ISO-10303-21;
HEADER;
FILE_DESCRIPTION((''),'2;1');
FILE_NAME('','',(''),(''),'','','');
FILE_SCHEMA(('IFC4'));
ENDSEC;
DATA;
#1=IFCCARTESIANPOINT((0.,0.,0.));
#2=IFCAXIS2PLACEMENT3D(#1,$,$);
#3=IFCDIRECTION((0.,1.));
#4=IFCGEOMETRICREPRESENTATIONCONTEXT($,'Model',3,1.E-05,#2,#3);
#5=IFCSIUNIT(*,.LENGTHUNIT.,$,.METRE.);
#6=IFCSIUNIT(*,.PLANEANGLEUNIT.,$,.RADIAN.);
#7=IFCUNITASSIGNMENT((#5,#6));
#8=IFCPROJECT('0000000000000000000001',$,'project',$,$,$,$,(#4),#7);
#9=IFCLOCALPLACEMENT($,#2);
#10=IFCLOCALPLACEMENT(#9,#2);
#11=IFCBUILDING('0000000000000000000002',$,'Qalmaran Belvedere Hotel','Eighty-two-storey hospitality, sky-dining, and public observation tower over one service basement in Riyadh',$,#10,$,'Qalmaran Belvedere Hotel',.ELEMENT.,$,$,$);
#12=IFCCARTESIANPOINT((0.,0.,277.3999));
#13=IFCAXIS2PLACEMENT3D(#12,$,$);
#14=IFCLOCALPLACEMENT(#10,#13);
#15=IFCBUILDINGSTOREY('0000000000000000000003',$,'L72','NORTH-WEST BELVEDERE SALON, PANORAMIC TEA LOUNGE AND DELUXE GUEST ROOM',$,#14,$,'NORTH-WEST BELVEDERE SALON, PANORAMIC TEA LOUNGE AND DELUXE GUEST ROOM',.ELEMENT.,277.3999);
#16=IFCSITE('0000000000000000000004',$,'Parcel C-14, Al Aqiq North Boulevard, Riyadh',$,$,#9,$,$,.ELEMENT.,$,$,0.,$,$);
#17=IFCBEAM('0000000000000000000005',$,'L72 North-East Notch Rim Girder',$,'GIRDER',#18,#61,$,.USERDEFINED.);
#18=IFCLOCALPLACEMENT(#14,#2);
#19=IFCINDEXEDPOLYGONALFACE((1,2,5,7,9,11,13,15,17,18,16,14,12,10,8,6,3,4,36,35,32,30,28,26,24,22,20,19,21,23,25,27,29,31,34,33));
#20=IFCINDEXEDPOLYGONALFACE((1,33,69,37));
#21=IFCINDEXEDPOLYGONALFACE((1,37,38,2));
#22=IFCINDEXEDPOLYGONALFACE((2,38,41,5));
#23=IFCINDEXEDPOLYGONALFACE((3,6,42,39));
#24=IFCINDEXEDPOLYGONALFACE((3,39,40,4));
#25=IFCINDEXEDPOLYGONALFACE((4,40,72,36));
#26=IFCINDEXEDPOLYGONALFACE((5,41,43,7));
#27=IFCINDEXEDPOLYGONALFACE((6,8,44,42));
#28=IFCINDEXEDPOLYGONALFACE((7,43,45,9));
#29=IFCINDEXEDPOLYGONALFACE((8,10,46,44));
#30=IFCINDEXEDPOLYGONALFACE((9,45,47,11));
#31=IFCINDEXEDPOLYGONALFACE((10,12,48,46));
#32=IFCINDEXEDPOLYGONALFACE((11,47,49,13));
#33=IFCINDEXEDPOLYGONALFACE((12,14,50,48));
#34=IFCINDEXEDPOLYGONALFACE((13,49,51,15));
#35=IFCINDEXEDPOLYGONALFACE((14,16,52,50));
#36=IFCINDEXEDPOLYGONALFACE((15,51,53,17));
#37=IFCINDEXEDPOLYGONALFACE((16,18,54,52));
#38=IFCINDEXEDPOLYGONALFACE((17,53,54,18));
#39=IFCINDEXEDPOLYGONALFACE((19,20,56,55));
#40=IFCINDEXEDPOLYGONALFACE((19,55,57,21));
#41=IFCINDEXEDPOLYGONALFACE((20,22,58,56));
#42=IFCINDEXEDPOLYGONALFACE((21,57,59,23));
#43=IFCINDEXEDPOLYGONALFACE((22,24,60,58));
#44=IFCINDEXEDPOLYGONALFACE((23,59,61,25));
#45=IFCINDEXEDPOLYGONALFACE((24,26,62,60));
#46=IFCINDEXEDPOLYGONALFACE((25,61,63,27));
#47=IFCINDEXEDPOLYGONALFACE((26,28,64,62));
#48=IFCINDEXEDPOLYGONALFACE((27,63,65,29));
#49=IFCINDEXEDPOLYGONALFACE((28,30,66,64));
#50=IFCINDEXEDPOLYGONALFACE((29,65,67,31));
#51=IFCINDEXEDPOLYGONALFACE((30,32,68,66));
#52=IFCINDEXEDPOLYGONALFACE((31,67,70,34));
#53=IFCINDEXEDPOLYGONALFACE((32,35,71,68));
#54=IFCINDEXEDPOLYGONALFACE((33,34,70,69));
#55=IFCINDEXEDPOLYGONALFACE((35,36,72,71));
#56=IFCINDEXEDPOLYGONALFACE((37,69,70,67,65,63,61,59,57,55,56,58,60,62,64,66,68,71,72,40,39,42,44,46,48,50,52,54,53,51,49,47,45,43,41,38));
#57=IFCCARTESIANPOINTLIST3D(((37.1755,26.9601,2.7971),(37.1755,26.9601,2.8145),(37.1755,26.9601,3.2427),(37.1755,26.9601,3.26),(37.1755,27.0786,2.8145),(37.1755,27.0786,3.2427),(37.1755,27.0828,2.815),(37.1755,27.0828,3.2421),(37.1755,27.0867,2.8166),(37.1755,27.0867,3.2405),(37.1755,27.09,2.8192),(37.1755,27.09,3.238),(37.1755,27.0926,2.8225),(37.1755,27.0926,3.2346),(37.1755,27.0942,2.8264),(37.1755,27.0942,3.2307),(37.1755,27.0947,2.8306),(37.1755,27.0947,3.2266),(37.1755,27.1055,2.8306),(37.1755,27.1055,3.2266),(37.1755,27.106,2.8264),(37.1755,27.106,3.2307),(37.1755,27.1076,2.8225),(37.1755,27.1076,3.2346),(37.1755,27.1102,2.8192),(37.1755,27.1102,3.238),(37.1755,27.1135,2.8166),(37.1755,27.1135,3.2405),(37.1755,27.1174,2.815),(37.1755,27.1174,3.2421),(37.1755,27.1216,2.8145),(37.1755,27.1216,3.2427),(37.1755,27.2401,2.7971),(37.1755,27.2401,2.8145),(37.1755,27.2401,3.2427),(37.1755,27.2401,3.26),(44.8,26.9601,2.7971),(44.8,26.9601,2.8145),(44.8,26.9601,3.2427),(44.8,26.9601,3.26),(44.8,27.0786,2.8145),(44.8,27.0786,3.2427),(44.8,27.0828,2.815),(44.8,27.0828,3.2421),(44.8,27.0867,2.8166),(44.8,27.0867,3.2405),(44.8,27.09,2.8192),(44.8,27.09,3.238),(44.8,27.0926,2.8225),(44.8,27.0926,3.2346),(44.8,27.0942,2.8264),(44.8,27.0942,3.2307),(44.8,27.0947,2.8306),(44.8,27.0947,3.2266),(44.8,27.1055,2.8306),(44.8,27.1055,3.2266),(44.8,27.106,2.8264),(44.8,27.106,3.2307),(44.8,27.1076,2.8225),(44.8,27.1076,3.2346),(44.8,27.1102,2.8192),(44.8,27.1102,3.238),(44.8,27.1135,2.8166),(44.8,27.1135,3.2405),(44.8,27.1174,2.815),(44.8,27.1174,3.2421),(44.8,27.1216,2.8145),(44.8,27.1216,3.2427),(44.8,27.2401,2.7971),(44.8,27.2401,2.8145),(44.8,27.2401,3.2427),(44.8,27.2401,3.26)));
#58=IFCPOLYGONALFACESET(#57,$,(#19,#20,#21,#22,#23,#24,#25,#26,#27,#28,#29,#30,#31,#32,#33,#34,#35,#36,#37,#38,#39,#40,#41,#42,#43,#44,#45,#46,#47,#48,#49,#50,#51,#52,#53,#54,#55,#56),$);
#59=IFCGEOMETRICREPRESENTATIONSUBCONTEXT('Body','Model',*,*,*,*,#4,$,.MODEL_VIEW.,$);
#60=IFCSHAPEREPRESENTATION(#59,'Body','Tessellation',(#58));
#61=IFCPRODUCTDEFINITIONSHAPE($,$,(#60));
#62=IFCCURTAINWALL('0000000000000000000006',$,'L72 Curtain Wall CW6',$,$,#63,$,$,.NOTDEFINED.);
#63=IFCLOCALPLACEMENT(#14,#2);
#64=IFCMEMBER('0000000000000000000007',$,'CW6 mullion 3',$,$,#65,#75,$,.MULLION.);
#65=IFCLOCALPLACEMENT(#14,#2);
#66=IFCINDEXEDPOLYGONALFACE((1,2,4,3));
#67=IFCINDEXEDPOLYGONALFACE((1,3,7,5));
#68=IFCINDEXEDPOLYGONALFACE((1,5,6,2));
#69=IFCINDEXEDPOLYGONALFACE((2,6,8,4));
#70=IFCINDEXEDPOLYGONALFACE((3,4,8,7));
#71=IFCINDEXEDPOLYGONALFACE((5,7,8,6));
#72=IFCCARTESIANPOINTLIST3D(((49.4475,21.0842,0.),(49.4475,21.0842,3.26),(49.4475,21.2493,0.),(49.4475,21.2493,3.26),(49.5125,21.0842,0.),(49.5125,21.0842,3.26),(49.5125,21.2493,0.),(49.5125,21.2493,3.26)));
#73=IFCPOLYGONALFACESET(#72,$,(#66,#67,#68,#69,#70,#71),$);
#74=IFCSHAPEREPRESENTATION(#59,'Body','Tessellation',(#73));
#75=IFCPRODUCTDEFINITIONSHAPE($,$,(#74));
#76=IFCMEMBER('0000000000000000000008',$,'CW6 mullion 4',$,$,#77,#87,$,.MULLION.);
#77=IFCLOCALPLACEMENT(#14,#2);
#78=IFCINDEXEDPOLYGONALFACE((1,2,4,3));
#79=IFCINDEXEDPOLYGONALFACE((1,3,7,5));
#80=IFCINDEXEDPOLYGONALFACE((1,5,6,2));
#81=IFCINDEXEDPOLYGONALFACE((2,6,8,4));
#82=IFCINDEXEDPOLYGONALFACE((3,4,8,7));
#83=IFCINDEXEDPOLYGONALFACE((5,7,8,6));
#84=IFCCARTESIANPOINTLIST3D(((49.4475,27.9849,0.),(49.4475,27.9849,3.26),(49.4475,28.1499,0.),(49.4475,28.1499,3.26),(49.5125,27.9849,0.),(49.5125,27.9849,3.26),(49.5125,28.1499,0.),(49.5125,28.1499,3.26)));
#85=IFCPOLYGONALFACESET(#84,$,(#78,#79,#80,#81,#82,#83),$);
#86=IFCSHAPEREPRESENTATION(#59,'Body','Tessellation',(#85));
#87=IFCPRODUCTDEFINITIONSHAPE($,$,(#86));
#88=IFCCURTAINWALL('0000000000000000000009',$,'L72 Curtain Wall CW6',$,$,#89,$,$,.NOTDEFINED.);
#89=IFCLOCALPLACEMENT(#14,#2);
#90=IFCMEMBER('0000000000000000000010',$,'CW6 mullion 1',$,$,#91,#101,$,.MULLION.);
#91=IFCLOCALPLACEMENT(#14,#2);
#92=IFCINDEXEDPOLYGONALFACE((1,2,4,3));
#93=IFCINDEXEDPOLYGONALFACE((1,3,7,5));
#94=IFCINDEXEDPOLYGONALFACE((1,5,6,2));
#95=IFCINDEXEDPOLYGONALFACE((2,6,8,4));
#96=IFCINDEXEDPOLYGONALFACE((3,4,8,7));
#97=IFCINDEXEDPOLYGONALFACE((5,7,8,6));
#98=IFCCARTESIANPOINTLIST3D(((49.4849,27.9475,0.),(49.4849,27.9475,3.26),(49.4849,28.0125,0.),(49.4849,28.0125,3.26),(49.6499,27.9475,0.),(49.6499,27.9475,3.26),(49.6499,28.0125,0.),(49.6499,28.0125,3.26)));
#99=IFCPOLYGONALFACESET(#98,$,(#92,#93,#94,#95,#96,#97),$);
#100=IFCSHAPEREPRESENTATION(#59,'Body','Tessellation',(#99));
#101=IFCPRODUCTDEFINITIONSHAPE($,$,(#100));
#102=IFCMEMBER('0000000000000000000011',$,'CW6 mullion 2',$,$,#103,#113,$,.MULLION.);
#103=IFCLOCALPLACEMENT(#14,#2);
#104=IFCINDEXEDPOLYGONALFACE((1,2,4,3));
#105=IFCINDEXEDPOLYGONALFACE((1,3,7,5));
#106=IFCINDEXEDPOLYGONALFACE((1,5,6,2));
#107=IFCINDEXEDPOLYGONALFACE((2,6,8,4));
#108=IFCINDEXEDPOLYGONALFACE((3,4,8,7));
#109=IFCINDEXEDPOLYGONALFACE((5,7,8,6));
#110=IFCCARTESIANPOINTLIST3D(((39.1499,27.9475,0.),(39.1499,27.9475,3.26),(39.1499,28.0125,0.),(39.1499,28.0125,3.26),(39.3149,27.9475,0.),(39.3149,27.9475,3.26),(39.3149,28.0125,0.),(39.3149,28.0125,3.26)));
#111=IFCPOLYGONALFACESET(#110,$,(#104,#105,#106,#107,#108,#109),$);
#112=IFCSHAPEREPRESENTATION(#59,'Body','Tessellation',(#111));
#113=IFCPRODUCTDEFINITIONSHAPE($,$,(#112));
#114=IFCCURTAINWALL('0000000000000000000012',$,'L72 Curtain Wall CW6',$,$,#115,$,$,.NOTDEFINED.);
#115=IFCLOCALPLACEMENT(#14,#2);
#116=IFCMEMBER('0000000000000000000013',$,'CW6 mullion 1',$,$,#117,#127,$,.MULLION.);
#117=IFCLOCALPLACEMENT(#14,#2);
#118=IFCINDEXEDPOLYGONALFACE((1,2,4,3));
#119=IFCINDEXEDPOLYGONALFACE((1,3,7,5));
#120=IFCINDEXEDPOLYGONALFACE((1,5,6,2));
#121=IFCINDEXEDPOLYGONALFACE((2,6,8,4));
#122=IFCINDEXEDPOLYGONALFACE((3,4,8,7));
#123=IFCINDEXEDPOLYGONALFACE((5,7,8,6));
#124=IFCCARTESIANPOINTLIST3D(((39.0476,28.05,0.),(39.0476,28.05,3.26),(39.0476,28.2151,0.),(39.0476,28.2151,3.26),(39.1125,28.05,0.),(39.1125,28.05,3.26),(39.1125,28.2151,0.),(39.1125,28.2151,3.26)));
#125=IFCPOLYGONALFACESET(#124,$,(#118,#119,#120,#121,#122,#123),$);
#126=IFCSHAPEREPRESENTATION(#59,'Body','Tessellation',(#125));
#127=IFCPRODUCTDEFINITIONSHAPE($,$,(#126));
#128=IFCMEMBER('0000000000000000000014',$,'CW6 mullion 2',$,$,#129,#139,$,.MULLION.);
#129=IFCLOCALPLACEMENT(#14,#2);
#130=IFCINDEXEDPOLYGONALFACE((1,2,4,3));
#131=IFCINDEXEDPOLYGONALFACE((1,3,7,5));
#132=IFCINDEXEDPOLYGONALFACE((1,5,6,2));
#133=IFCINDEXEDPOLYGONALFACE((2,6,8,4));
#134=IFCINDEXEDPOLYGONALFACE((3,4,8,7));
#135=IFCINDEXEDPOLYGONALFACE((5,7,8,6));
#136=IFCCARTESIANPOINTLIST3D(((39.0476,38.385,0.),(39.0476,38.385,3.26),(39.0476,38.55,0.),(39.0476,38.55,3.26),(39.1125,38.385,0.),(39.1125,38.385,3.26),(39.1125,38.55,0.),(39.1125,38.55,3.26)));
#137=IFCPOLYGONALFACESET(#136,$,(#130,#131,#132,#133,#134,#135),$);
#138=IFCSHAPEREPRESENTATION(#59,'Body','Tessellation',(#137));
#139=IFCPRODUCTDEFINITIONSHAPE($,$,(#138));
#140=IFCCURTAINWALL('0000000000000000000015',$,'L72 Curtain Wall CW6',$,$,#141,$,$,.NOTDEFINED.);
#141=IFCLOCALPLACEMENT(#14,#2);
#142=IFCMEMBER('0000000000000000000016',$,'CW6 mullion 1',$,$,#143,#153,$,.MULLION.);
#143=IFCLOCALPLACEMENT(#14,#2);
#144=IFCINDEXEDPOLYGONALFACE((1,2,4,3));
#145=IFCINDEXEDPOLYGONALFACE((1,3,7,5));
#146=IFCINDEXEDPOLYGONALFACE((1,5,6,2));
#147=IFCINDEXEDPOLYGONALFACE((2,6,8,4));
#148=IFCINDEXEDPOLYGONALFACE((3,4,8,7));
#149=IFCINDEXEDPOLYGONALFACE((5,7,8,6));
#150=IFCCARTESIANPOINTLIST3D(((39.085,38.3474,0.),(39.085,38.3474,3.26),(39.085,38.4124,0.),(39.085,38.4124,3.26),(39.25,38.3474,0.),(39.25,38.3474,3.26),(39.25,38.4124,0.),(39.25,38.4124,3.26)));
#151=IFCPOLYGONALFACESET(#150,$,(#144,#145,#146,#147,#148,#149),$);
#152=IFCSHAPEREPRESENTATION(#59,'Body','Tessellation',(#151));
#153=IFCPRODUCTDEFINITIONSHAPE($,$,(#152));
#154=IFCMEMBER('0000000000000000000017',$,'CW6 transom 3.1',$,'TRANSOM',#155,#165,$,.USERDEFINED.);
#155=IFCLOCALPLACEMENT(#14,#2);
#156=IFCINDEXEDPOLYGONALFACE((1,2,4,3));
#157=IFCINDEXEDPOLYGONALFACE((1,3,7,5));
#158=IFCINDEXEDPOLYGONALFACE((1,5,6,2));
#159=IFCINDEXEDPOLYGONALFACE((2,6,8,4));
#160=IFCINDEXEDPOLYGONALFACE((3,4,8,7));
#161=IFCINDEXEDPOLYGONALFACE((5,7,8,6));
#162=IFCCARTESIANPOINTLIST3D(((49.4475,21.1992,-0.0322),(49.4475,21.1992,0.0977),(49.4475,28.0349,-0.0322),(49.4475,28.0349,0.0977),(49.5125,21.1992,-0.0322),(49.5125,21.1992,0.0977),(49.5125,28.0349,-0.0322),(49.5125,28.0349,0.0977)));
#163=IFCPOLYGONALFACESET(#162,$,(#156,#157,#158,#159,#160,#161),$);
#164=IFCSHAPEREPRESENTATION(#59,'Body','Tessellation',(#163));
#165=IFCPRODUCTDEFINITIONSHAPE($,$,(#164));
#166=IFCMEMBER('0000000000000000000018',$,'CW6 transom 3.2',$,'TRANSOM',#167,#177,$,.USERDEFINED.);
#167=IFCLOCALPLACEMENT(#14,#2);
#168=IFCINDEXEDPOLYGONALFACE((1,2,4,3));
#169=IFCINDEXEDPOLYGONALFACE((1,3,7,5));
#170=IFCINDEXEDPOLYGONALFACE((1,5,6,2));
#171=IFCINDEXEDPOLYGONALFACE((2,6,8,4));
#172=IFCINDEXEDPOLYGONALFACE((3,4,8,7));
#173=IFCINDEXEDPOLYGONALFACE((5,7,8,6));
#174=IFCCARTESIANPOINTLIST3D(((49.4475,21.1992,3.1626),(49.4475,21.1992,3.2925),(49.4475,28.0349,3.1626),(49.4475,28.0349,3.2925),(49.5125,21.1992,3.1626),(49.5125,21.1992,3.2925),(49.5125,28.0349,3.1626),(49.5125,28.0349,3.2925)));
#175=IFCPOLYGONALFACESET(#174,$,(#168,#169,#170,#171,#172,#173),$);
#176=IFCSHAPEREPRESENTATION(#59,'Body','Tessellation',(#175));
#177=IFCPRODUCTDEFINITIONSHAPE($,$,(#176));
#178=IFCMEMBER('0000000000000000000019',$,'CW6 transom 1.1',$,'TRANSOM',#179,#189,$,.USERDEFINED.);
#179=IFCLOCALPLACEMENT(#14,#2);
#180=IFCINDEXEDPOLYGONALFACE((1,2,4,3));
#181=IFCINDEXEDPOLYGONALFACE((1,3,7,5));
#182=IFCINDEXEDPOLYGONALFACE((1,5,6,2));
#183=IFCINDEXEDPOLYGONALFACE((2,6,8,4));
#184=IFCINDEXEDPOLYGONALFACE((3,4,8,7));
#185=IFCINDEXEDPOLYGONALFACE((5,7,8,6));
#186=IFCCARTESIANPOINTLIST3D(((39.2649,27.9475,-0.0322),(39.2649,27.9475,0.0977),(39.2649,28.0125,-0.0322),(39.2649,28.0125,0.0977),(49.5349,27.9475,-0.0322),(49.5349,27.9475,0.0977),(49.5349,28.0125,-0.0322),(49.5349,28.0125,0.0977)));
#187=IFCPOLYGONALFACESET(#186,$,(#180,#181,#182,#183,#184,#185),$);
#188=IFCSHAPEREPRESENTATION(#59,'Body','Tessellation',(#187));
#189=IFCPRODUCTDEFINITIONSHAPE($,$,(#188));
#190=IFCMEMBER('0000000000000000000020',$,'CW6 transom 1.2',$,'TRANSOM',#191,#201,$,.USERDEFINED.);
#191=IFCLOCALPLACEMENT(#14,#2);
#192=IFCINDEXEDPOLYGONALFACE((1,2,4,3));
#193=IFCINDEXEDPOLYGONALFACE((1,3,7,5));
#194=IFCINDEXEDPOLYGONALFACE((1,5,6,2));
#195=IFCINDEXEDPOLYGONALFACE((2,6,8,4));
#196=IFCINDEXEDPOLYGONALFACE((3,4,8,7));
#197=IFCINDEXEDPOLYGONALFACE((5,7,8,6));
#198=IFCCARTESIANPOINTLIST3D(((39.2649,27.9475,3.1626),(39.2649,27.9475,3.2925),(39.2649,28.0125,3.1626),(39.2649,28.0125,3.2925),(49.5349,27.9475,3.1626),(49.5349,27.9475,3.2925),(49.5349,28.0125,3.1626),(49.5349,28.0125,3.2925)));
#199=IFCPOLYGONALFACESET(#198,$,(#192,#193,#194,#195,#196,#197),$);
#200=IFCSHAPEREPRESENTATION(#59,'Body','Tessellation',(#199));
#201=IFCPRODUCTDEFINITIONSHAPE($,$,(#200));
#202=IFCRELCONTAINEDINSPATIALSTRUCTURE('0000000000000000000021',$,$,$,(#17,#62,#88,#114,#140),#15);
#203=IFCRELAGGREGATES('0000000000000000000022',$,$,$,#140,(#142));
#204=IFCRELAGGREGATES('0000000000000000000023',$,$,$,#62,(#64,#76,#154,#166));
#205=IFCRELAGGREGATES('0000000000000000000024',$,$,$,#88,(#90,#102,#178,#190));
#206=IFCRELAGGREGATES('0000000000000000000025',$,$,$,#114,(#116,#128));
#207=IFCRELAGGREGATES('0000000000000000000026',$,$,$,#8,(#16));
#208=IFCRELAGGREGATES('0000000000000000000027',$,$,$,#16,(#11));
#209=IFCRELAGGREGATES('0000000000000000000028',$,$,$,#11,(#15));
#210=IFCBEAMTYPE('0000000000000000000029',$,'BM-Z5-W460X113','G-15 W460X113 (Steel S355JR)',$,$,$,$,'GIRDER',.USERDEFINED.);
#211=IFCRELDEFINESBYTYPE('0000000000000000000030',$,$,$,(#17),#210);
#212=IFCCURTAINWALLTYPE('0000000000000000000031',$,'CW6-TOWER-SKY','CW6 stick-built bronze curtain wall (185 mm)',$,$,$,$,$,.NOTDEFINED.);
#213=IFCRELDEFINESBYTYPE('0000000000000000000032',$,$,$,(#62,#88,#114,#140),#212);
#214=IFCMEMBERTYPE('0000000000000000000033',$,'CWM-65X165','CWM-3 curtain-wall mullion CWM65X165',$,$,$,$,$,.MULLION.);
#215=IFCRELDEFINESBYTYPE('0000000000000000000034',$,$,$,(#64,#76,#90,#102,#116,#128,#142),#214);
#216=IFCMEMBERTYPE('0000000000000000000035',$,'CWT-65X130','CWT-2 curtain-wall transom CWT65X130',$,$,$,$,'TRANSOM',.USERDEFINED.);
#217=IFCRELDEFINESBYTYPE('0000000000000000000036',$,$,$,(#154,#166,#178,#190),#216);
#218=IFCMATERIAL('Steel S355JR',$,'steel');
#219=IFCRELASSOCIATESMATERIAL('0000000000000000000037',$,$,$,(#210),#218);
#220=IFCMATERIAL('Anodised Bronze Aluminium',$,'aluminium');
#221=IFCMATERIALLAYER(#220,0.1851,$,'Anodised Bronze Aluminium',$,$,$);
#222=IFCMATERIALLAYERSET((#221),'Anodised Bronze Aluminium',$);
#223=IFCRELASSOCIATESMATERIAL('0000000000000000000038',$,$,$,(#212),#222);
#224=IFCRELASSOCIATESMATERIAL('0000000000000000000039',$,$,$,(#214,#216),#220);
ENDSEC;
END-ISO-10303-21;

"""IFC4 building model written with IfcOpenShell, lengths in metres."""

from ifc_helpers import new_model, si_unit, direction, frame, origin, origin_2d, place, context, subcontext, project, spatial, rectangle, i_section, extrude, material, layer, layer_set, material_profile, profile_set, type_object, element, aggregate, save


model = new_model("IFC4")

# Units and contexts
model_context = context("Model", 3, precision=1e-05, world=origin(), true_north=direction((0.0, 1.0)))
body_context = subcontext(model_context, "Body", "Model", "MODEL_VIEW")
ifc_project = project(units=[si_unit("LENGTHUNIT", "METRE"), si_unit("PLANEANGLEUNIT", "RADIAN")], contexts=[model_context])

# Site, building, storey
site_placement = place(None, origin())
site = spatial("IfcSite", under=ifc_project, at=site_placement, Name="Parcel C-14, Al Aqiq North Boulevard, Riyadh", CompositionType="ELEMENT", RefElevation=0.0)
building_placement = place(site_placement, origin())
building = spatial("IfcBuilding", under=site, at=building_placement, Name="Qalmaran Belvedere Hotel", Description="Eighty-two-storey hospitality, sky-dining, and public observation tower over one service basement in Riyadh", LongName="Qalmaran Belvedere Hotel", CompositionType="ELEMENT")
storey_placement = place(building_placement, frame((0.0, 0.0, 277.3999)))
storey = spatial("IfcBuildingStorey", under=building, at=storey_placement, Name="L72", Description="NORTH-WEST BELVEDERE SALON, PANORAMIC TEA LOUNGE AND DELUXE GUEST ROOM", LongName="NORTH-WEST BELVEDERE SALON, PANORAMIC TEA LOUNGE AND DELUXE GUEST ROOM", CompositionType="ELEMENT", Elevation=277.3999)

# Beam
ifc_material_1 = material(Name="Steel S355JR", Category="steel")
ifc_material_profile_1 = material_profile(ifc_material_1, i_section(OverallWidth=0.28, OverallDepth=0.4629, WebThickness=0.0107, FlangeThickness=0.0173, FilletRadius=0.0161, at=origin_2d()), Name="W460X113")
ifc_profile_set_1 = profile_set([ifc_material_profile_1], Name="Steel S355JR")
beam_type_1 = type_object("IfcBeamType", Name="BM-Z5-W460X113", Description="G-15 W460X113 (Steel S355JR)", ElementType="GIRDER", PredefinedType="USERDEFINED", material=ifc_profile_set_1)
beam_1_placement = place(storey_placement, frame((37.1755, 27.1001, 3.0286), z_axis=(1.0, 0.0, 0.0), x_axis=(0.0, 1.0, 0.0)))
element("IfcBeam", 1, at=beam_1_placement, inside=storey, type_object=beam_type_1, Name="L72 North-East Notch Rim Girder", ObjectType="GIRDER", PredefinedType="USERDEFINED", context=body_context, shape_type="SweptSolid", body=[
    extrude(i_section(OverallWidth=0.28, OverallDepth=0.4629, WebThickness=0.0107, FlangeThickness=0.0173, FilletRadius=0.0161, at=origin_2d()), origin(), (0.0, 0.0, 1.0), 7.6245),
])

# Curtain walls, members
ifc_material_2 = material(Name="Anodised Bronze Aluminium", Category="aluminium")
ifc_layer_1 = layer(ifc_material_2, 0.1851, Name="Anodised Bronze Aluminium")
ifc_layer_set_1 = layer_set([ifc_layer_1], Name="Anodised Bronze Aluminium")
curtain_wall_type = type_object("IfcCurtainWallType", Name="CW6-TOWER-SKY", Description="CW6 stick-built bronze curtain wall (185 mm)", PredefinedType="NOTDEFINED", material=ifc_layer_set_1)
curtain_wall_1_placement = place(storey_placement, origin())
curtain_wall_1 = element("IfcCurtainWall", 2, at=curtain_wall_1_placement, inside=storey, type_object=curtain_wall_type, Name="L72 Curtain Wall CW6", PredefinedType="NOTDEFINED")
ifc_material_profile_2 = material_profile(ifc_material_2, rectangle(XDim=0.0649, YDim=0.165, at=origin_2d()), Name="CWM65X165")
ifc_profile_set_2 = profile_set([ifc_material_profile_2], Name="Anodised Bronze Aluminium")
member_type_1 = type_object("IfcMemberType", Name="CWM-65X165", Description="CWM-3 curtain-wall mullion CWM65X165", PredefinedType="MULLION", material=ifc_profile_set_2)
member_1_placement = place(storey_placement, frame((49.48, 21.1667, 0.0), z_axis=(0.0, 0.0, 1.0), x_axis=(-1.0, 0.0, 0.0)))
member_1 = element("IfcMember", 3, at=member_1_placement, type_object=member_type_1, Name="CW6 mullion 3", PredefinedType="MULLION", context=body_context, shape_type="SweptSolid", body=[
    extrude(rectangle(XDim=0.0649, YDim=0.165, at=origin_2d()), origin(), (0.0, 0.0, 1.0), 3.26),
])
member_2_placement = place(storey_placement, frame((49.48, 28.0674, 0.0), z_axis=(0.0, 0.0, 1.0), x_axis=(-1.0, 0.0, 0.0)))
member_2 = element("IfcMember", 4, at=member_2_placement, type_object=member_type_1, Name="CW6 mullion 4", PredefinedType="MULLION", context=body_context, shape_type="SweptSolid", body=[
    extrude(rectangle(XDim=0.0649, YDim=0.165, at=origin_2d()), origin(), (0.0, 0.0, 1.0), 3.26),
])
curtain_wall_2_placement = place(storey_placement, origin())
curtain_wall_2 = element("IfcCurtainWall", 5, at=curtain_wall_2_placement, inside=storey, type_object=curtain_wall_type, Name="L72 Curtain Wall CW6", PredefinedType="NOTDEFINED")
member_3_placement = place(storey_placement, frame((49.5674, 27.98, 0.0), z_axis=(0.0, 0.0, 1.0), x_axis=(0.0, -1.0, 0.0)))
member_3 = element("IfcMember", 6, at=member_3_placement, type_object=member_type_1, Name="CW6 mullion 1", PredefinedType="MULLION", context=body_context, shape_type="SweptSolid", body=[
    extrude(rectangle(XDim=0.0649, YDim=0.165, at=origin_2d()), origin(), (0.0, 0.0, 1.0), 3.26),
])
member_4_placement = place(storey_placement, frame((39.2324, 27.98, 0.0), z_axis=(0.0, 0.0, 1.0), x_axis=(0.0, -1.0, 0.0)))
member_4 = element("IfcMember", 7, at=member_4_placement, type_object=member_type_1, Name="CW6 mullion 2", PredefinedType="MULLION", context=body_context, shape_type="SweptSolid", body=[
    extrude(rectangle(XDim=0.0649, YDim=0.165, at=origin_2d()), origin(), (0.0, 0.0, 1.0), 3.26),
])
curtain_wall_3_placement = place(storey_placement, origin())
curtain_wall_3 = element("IfcCurtainWall", 8, at=curtain_wall_3_placement, inside=storey, type_object=curtain_wall_type, Name="L72 Curtain Wall CW6", PredefinedType="NOTDEFINED")
member_5_placement = place(storey_placement, frame((39.0801, 28.1326, 0.0), z_axis=(0.0, 0.0, 1.0), x_axis=(-1.0, 0.0, 0.0)))
member_5 = element("IfcMember", 9, at=member_5_placement, type_object=member_type_1, Name="CW6 mullion 1", PredefinedType="MULLION", context=body_context, shape_type="SweptSolid", body=[
    extrude(rectangle(XDim=0.0649, YDim=0.165, at=origin_2d()), origin(), (0.0, 0.0, 1.0), 3.26),
])
member_6_placement = place(storey_placement, frame((39.0801, 38.4675, 0.0), z_axis=(0.0, 0.0, 1.0), x_axis=(-1.0, 0.0, 0.0)))
member_6 = element("IfcMember", 10, at=member_6_placement, type_object=member_type_1, Name="CW6 mullion 2", PredefinedType="MULLION", context=body_context, shape_type="SweptSolid", body=[
    extrude(rectangle(XDim=0.0649, YDim=0.165, at=origin_2d()), origin(), (0.0, 0.0, 1.0), 3.26),
])

# Curtain wall, member
curtain_wall_4_placement = place(storey_placement, origin())
curtain_wall_4 = element("IfcCurtainWall", 11, at=curtain_wall_4_placement, inside=storey, type_object=curtain_wall_type, Name="L72 Curtain Wall CW6", PredefinedType="NOTDEFINED")
member_7_placement = place(storey_placement, frame((39.1675, 38.3799, 0.0), z_axis=(0.0, 0.0, 1.0), x_axis=(0.0, -1.0, 0.0)))
member_7 = element("IfcMember", 12, at=member_7_placement, type_object=member_type_1, Name="CW6 mullion 1", PredefinedType="MULLION", context=body_context, shape_type="SweptSolid", body=[
    extrude(rectangle(XDim=0.0649, YDim=0.165, at=origin_2d()), origin(), (0.0, 0.0, 1.0), 3.26),
])

# Members
ifc_material_profile_3 = material_profile(ifc_material_2, rectangle(XDim=0.0649, YDim=0.1299, at=origin_2d()), Name="CWT65X130")
ifc_profile_set_3 = profile_set([ifc_material_profile_3], Name="Anodised Bronze Aluminium")
member_type_2 = type_object("IfcMemberType", Name="CWT-65X130", Description="CWT-2 curtain-wall transom CWT65X130", ElementType="TRANSOM", PredefinedType="USERDEFINED", material=ifc_profile_set_3)
member_8_placement = place(storey_placement, frame((49.48, 21.1992, 0.0327), z_axis=(0.0, 1.0, 0.0), x_axis=(-1.0, 0.0, 0.0)))
member_8 = element("IfcMember", 13, at=member_8_placement, type_object=member_type_2, Name="CW6 transom 3.1", ObjectType="TRANSOM", PredefinedType="USERDEFINED", context=body_context, shape_type="SweptSolid", body=[
    extrude(rectangle(XDim=0.0649, YDim=0.1299, at=origin_2d()), origin(), (0.0, 0.0, 1.0), 6.8357),
])
member_9_placement = place(storey_placement, frame((49.48, 21.1992, 3.2275), z_axis=(0.0, 1.0, 0.0), x_axis=(-1.0, 0.0, 0.0)))
member_9 = element("IfcMember", 14, at=member_9_placement, type_object=member_type_2, Name="CW6 transom 3.2", ObjectType="TRANSOM", PredefinedType="USERDEFINED", context=body_context, shape_type="SweptSolid", body=[
    extrude(rectangle(XDim=0.0649, YDim=0.1299, at=origin_2d()), origin(), (0.0, 0.0, 1.0), 6.8357),
])
member_10_placement = place(storey_placement, frame((49.5349, 27.98, 0.0327), z_axis=(-1.0, 0.0, 0.0), x_axis=(0.0, -1.0, 0.0)))
member_10 = element("IfcMember", 15, at=member_10_placement, type_object=member_type_2, Name="CW6 transom 1.1", ObjectType="TRANSOM", PredefinedType="USERDEFINED", context=body_context, shape_type="SweptSolid", body=[
    extrude(rectangle(XDim=0.0649, YDim=0.1299, at=origin_2d()), origin(), (0.0, 0.0, 1.0), 10.27),
])
member_11_placement = place(storey_placement, frame((49.5349, 27.98, 3.2275), z_axis=(-1.0, 0.0, 0.0), x_axis=(0.0, -1.0, 0.0)))
member_11 = element("IfcMember", 16, at=member_11_placement, type_object=member_type_2, Name="CW6 transom 1.2", ObjectType="TRANSOM", PredefinedType="USERDEFINED", context=body_context, shape_type="SweptSolid", body=[
    extrude(rectangle(XDim=0.0649, YDim=0.1299, at=origin_2d()), origin(), (0.0, 0.0, 1.0), 10.27),
])
aggregate(curtain_wall_4, [member_7])

aggregate(curtain_wall_1, [member_1, member_2, member_8, member_9])
aggregate(curtain_wall_2, [member_3, member_4, member_10, member_11])
aggregate(curtain_wall_3, [member_5, member_6])

save(model, "model.ifc")
